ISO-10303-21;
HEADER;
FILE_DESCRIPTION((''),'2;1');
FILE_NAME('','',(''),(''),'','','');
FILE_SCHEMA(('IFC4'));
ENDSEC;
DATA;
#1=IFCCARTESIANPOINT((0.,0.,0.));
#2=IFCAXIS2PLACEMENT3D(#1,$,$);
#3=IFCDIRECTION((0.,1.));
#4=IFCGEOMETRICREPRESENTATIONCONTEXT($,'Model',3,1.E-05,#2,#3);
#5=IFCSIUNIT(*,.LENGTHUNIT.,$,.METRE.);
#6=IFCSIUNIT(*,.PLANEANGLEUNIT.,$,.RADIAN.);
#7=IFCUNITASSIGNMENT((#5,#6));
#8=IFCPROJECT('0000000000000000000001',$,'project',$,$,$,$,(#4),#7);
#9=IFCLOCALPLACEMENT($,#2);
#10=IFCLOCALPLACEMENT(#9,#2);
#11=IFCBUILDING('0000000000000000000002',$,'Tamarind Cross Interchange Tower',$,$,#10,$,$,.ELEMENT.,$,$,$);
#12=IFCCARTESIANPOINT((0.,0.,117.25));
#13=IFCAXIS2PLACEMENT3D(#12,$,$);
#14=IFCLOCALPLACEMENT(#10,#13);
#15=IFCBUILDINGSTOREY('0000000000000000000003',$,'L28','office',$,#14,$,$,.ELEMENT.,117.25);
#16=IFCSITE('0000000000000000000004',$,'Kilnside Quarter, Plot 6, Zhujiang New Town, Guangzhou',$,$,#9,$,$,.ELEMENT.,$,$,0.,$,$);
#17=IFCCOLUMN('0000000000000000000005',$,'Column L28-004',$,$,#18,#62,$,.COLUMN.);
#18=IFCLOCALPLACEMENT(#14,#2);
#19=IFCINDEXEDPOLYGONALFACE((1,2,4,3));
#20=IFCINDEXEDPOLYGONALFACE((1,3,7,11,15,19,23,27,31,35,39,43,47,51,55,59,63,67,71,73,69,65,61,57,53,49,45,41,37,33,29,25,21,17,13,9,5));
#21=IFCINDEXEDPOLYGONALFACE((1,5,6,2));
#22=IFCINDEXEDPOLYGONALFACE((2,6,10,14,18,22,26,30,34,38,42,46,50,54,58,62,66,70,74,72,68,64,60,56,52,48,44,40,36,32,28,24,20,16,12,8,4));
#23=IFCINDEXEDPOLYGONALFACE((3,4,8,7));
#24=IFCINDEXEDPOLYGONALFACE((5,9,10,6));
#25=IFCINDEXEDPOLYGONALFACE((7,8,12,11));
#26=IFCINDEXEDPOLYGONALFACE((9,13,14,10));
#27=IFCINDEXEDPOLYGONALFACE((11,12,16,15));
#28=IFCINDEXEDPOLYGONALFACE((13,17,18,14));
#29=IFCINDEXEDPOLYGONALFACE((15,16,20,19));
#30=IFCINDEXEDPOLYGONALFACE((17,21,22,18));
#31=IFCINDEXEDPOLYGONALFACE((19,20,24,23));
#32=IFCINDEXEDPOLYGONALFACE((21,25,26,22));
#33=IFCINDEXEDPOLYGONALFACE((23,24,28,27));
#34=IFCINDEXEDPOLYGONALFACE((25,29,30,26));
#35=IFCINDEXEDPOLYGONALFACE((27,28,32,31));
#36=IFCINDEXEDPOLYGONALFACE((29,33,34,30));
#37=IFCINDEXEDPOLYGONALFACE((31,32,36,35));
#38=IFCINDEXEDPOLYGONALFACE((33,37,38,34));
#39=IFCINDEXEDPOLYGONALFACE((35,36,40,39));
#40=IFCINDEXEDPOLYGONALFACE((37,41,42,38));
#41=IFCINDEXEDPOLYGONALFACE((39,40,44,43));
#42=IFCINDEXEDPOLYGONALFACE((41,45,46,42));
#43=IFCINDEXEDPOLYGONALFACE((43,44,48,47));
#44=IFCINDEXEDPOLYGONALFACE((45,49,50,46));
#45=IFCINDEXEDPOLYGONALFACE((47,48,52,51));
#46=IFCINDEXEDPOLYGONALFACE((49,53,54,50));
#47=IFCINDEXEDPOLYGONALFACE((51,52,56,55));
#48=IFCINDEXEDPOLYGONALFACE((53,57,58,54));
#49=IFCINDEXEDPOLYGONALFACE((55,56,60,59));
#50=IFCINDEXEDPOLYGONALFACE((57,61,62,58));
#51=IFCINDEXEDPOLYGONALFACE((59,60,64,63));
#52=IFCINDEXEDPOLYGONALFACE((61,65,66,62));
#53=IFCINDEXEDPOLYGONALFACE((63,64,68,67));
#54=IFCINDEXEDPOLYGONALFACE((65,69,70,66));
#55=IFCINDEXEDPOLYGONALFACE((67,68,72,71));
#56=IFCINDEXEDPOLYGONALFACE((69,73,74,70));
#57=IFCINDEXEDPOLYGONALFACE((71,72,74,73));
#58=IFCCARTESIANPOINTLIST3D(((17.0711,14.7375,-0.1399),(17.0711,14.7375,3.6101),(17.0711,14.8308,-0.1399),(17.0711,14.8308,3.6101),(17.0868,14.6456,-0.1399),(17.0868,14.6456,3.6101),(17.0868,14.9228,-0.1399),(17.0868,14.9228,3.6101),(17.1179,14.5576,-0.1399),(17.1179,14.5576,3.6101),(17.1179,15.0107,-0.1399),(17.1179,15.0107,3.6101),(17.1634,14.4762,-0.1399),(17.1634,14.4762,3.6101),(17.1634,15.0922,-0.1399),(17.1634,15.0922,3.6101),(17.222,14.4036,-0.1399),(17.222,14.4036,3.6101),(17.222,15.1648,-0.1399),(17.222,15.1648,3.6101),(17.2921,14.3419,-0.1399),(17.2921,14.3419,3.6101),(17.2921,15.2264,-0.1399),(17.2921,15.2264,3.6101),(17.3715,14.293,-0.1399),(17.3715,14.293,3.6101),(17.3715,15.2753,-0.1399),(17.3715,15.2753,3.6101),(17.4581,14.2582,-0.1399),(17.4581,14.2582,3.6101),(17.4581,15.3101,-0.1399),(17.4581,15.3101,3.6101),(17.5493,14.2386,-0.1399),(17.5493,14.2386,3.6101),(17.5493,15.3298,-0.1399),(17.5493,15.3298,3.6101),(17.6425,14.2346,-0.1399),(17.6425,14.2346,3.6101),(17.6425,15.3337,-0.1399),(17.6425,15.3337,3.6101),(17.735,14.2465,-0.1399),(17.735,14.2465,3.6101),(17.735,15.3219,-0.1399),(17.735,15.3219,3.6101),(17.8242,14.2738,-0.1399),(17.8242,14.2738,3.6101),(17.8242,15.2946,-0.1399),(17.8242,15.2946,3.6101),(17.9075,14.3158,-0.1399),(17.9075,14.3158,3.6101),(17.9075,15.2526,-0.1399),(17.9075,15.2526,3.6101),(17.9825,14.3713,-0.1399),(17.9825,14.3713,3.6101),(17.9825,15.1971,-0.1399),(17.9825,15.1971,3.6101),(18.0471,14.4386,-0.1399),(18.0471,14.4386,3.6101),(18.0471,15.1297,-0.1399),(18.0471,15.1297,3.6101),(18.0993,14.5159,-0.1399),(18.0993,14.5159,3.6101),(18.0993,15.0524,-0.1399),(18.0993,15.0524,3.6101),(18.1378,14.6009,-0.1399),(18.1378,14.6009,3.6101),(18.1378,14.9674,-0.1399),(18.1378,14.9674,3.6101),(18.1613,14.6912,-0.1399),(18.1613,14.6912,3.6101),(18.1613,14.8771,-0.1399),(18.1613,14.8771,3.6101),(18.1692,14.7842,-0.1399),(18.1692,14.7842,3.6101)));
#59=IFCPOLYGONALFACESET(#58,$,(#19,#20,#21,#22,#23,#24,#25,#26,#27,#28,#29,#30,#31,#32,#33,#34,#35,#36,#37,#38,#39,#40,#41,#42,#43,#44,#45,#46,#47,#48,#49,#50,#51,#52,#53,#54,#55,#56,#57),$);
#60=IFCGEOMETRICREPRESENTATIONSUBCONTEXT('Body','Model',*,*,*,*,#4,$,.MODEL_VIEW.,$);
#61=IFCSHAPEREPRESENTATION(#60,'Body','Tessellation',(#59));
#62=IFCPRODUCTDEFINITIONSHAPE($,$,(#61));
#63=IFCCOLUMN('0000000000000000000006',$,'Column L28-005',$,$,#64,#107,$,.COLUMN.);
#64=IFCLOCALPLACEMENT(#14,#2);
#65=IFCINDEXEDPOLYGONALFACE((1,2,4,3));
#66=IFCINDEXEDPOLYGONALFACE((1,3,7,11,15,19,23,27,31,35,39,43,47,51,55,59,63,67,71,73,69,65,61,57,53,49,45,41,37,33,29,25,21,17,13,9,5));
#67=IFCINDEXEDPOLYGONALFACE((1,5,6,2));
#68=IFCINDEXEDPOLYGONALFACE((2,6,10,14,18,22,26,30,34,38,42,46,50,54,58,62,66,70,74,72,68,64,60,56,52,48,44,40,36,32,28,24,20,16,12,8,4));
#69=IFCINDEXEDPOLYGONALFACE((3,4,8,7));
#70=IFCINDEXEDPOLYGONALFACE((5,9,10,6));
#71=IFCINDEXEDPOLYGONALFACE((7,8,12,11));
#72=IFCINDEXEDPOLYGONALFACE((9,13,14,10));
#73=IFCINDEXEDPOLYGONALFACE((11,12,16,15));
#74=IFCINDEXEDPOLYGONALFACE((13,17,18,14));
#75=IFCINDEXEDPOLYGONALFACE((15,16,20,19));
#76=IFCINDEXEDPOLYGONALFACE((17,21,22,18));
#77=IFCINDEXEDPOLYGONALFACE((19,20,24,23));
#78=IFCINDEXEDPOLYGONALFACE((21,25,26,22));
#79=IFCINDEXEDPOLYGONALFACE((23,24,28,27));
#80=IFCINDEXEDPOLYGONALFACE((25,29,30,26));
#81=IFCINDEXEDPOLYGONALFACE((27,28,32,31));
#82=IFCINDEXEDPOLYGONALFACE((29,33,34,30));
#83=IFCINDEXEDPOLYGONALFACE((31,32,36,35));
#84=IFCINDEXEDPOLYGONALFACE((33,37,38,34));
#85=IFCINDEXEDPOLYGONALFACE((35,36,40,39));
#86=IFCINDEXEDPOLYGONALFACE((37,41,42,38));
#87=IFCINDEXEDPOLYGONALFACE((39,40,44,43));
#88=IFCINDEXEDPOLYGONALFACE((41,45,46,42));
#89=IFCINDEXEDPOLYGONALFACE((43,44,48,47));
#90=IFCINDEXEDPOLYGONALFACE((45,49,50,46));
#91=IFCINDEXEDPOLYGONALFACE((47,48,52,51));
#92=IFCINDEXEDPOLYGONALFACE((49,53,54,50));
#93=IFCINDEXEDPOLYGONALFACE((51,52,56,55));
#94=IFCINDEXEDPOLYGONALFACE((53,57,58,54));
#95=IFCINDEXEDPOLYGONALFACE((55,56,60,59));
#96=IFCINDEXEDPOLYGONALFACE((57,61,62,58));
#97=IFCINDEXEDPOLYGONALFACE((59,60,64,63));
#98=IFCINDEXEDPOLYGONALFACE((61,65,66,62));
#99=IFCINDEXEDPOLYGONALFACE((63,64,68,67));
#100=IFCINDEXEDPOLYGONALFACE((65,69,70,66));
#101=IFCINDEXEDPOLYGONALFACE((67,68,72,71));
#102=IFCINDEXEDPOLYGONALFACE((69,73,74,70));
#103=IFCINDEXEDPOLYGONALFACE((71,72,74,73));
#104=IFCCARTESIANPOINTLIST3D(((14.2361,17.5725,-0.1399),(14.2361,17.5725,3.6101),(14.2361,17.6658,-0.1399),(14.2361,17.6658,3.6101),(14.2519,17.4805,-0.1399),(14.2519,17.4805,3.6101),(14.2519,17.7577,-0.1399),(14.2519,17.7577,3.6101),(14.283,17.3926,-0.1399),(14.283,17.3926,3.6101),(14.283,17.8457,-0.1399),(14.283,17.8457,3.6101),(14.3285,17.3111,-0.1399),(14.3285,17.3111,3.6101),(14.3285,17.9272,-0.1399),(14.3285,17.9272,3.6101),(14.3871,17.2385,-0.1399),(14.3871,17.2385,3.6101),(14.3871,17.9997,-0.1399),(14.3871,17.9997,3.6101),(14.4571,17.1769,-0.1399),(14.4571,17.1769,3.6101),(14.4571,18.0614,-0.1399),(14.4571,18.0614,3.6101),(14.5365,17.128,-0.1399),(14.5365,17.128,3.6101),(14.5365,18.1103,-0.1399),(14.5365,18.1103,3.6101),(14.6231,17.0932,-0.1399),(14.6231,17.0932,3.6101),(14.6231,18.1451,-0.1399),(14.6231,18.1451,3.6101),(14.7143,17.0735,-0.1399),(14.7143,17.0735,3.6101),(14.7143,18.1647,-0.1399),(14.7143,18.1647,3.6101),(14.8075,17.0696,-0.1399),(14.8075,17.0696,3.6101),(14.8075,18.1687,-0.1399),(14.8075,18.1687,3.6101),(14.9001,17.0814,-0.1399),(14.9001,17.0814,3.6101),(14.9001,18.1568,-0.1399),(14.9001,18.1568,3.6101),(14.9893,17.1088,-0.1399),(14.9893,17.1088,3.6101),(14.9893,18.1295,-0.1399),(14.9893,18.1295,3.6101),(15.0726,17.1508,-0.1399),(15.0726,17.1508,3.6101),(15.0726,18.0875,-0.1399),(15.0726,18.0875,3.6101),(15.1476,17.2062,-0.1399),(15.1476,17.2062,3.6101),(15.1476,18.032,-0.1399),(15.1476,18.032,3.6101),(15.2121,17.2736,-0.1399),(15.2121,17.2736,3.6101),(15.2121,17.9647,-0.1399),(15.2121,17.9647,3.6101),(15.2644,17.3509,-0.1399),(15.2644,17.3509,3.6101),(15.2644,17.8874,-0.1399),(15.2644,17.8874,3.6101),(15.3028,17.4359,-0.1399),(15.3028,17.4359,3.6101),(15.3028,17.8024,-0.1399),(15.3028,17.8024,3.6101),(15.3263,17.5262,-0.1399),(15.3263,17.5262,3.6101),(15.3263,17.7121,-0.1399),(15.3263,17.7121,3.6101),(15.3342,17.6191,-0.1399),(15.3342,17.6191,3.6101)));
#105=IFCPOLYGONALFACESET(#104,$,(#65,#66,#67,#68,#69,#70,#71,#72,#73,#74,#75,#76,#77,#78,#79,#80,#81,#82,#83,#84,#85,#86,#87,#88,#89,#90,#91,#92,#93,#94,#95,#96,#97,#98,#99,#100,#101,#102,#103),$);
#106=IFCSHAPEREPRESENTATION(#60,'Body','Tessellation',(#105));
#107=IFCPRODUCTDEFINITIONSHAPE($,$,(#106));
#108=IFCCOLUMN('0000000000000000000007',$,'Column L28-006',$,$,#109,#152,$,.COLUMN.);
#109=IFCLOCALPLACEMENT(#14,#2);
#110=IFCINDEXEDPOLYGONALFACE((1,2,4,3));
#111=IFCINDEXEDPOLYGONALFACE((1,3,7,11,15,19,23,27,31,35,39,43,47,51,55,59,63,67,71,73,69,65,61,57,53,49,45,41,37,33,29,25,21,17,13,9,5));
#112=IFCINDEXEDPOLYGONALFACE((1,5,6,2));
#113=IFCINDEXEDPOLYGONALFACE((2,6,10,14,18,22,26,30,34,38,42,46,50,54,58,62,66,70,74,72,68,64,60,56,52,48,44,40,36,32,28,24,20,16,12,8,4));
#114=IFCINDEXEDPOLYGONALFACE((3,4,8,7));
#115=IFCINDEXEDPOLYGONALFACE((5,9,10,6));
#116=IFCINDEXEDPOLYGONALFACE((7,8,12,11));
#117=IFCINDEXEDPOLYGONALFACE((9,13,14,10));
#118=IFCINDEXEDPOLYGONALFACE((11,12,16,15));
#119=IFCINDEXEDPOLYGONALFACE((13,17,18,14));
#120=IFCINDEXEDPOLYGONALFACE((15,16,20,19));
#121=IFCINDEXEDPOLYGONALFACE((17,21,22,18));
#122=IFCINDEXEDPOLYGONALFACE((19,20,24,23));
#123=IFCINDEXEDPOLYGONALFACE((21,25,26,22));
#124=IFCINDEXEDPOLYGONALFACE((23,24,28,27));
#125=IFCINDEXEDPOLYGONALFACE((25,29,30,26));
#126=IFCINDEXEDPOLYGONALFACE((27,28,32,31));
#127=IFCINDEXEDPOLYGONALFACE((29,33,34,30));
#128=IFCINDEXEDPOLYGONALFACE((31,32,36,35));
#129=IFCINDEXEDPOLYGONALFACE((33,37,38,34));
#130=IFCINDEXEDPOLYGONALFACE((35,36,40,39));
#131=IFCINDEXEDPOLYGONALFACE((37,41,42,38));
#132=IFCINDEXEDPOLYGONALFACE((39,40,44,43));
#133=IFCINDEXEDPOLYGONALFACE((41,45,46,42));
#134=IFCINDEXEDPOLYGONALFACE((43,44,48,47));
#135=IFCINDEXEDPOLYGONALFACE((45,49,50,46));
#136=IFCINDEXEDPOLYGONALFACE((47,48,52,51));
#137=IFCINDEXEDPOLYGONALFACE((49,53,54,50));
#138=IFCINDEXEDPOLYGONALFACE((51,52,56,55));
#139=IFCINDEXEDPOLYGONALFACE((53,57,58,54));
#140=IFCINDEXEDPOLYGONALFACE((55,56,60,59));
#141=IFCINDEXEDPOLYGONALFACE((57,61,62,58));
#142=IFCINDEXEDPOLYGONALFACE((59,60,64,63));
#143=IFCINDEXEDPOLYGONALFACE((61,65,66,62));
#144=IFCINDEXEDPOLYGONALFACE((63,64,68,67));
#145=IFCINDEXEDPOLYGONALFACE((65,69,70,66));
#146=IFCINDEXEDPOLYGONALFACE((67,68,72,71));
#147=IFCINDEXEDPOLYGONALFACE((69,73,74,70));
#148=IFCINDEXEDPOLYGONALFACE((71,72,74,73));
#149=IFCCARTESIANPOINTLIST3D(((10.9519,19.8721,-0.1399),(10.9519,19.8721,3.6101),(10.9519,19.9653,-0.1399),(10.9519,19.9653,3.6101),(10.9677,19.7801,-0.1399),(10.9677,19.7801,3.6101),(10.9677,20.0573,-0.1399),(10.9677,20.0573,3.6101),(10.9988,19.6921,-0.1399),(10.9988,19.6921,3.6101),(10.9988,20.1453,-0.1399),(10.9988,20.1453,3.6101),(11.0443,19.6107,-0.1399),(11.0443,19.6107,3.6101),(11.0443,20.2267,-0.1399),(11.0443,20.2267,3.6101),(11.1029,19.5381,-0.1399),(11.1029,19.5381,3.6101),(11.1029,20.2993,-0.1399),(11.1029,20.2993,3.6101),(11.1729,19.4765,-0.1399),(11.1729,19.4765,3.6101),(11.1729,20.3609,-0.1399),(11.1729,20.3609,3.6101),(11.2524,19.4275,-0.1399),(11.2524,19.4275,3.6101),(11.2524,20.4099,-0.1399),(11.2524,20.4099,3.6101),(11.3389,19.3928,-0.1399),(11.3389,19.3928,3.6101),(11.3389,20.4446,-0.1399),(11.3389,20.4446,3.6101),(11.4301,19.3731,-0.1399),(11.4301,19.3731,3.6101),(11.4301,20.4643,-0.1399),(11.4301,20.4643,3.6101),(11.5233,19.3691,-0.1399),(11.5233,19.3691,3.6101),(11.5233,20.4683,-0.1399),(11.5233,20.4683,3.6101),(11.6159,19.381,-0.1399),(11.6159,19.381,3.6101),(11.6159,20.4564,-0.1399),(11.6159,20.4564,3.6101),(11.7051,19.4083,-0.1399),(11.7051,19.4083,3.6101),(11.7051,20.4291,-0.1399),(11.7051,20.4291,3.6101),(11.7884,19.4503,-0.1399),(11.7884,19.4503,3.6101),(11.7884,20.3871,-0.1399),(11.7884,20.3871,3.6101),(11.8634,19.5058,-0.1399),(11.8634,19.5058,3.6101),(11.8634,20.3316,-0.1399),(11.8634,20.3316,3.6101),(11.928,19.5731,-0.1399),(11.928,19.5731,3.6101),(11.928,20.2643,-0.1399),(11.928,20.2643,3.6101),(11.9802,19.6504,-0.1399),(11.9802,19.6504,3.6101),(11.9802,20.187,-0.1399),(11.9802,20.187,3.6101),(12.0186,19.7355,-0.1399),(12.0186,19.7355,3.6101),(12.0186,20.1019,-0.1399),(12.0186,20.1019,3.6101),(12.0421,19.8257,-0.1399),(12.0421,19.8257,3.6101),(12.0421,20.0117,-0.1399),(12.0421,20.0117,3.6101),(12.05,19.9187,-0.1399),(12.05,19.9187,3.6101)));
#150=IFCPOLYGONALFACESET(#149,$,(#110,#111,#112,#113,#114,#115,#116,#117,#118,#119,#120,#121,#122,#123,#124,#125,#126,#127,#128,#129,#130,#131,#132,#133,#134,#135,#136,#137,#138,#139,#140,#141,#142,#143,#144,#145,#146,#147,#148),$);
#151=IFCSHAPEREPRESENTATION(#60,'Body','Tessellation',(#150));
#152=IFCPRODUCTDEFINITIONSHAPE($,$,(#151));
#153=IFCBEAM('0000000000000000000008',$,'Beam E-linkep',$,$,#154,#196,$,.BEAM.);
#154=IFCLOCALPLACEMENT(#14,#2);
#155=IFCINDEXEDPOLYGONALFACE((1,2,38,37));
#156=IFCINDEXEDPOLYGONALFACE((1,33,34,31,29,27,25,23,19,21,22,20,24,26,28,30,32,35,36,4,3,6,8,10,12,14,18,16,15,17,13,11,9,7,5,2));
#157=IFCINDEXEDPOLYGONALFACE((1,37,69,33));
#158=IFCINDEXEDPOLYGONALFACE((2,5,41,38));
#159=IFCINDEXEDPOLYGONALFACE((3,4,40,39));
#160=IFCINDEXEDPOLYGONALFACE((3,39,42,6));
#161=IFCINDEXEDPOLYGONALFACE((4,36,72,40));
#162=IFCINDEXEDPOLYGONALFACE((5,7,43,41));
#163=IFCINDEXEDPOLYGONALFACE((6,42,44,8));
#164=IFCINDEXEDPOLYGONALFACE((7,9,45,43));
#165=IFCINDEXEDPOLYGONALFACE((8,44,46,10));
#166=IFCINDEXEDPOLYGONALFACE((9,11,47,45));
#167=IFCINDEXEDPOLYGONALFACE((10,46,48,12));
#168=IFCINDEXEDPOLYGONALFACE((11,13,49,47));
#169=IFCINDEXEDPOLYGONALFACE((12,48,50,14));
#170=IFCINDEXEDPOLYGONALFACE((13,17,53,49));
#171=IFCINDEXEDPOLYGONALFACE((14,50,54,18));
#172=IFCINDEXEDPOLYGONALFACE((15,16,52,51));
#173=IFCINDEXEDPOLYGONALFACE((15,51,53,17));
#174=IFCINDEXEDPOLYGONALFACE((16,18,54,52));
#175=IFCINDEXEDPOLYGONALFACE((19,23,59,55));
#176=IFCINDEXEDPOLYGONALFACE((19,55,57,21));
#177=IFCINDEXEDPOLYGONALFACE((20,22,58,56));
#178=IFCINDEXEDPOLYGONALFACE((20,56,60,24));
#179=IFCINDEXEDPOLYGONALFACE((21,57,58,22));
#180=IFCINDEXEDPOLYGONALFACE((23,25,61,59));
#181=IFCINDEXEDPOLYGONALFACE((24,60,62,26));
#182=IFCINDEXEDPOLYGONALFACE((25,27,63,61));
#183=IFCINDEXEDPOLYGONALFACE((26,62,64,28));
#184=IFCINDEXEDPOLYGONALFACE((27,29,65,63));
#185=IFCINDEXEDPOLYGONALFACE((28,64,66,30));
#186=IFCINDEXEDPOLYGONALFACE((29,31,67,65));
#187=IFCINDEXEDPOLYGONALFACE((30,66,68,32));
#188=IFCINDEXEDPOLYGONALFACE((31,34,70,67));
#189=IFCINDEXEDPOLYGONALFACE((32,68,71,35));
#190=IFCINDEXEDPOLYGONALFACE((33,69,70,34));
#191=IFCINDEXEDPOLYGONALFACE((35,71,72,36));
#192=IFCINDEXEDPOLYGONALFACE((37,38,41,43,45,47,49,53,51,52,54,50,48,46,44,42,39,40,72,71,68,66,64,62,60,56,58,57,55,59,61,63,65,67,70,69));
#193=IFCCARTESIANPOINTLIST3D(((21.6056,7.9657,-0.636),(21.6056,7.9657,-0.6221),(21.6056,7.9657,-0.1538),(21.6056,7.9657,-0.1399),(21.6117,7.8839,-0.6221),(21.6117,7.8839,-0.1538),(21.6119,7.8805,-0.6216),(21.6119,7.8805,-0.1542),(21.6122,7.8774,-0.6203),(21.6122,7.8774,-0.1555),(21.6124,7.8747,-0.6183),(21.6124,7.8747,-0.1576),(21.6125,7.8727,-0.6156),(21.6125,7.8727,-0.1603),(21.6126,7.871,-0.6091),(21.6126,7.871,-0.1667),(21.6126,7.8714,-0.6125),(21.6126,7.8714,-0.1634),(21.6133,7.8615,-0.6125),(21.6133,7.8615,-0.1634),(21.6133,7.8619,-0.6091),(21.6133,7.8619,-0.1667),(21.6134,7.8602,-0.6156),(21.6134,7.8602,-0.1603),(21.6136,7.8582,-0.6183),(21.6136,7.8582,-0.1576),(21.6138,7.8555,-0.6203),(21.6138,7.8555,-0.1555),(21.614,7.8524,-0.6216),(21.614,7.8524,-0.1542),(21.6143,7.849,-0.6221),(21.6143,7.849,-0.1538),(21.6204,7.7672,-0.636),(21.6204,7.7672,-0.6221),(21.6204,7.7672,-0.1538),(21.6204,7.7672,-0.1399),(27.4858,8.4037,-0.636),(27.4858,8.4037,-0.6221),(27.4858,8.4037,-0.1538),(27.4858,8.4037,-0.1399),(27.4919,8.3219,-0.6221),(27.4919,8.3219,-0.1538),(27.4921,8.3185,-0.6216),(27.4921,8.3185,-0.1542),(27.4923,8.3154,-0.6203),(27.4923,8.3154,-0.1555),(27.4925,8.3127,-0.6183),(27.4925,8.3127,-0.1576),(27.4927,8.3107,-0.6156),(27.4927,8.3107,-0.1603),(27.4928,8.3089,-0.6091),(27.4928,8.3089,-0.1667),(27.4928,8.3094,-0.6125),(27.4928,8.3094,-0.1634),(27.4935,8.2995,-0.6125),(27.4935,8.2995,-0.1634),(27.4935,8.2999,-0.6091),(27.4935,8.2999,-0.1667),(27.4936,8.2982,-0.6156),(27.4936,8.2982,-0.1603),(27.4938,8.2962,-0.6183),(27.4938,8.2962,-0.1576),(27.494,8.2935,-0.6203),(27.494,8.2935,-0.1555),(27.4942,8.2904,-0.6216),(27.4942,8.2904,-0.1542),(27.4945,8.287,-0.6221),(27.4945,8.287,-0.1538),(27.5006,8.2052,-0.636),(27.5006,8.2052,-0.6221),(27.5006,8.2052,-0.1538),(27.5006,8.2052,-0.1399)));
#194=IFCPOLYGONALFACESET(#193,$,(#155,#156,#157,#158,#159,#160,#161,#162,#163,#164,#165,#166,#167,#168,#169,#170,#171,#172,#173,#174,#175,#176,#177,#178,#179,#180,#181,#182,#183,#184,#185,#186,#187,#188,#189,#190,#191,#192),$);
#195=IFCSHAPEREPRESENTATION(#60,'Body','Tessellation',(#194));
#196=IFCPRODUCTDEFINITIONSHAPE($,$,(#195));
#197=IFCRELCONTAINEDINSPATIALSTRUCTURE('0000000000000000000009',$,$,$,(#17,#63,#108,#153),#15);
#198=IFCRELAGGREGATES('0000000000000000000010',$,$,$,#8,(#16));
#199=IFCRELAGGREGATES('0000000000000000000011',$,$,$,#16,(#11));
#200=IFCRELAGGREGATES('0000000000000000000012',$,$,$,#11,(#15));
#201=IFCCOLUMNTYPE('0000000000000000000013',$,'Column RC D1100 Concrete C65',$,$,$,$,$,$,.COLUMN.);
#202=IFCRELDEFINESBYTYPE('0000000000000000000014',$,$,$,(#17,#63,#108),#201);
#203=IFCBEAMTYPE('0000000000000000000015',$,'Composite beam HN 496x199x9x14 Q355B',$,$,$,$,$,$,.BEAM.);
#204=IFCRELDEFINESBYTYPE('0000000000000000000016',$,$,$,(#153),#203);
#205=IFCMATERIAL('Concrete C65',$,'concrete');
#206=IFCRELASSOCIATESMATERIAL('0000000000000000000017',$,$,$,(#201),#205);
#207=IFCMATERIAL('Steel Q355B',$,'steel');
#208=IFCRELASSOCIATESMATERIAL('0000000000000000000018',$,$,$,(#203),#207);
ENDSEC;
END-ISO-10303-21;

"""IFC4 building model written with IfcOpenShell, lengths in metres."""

from ifc_helpers import new_model, si_unit, direction, frame, origin, origin_2d, place, context, subcontext, project, spatial, circle, i_section, extrude, material, material_profile, profile_set, type_object, element, save


model = new_model("IFC4")

# Units and contexts
model_context = context("Model", 3, precision=1e-05, world=origin(), true_north=direction((0.0, 1.0)))
body_context = subcontext(model_context, "Body", "Model", "MODEL_VIEW")
ifc_project = project(units=[si_unit("LENGTHUNIT", "METRE"), si_unit("PLANEANGLEUNIT", "RADIAN")], contexts=[model_context])

# Site, building, storey
site_placement = place(None, origin())
site = spatial("IfcSite", under=ifc_project, at=site_placement, Name="Kilnside Quarter, Plot 6, Zhujiang New Town, Guangzhou", CompositionType="ELEMENT", RefElevation=0.0)
building_placement = place(site_placement, origin())
building = spatial("IfcBuilding", under=site, at=building_placement, Name="Tamarind Cross Interchange Tower", CompositionType="ELEMENT")
storey_placement = place(building_placement, frame((0.0, 0.0, 117.25)))
storey = spatial("IfcBuildingStorey", under=building, at=storey_placement, Name="L28", Description="office", CompositionType="ELEMENT", Elevation=117.25)

# Columns
ifc_material_1 = material(Name="Concrete C65", Category="concrete")
ifc_material_profile_1 = material_profile(ifc_material_1, circle(Radius=0.55, at=origin_2d()), Name="RC D1100")
ifc_profile_set_1 = profile_set([ifc_material_profile_1], Name="Concrete C65")
column_type_1 = type_object("IfcColumnType", Name="Column RC D1100 Concrete C65", PredefinedType="COLUMN", material=ifc_profile_set_1)
for number, where, z_axis, x_axis, name in (
    (1, (17.6191, 14.7842, -0.1399), (0.0, 0.0, 1.0), (1.0, 0.0, 0.0), "Column L28-004"),
    (2, (14.7842, 17.6191, -0.1399), (0.0, 0.0, 1.0), (1.0, 0.0, 0.0), "Column L28-005"),
    (3, (11.5, 19.9187, -0.1399), (0.0, 0.0, 1.0), (1.0, 0.0, 0.0), "Column L28-006"),
):
    element("IfcColumn", number, at=place(storey_placement, frame(where, z_axis=z_axis, x_axis=x_axis)), inside=storey, type_object=column_type_1, Name=name, PredefinedType="COLUMN", context=body_context, shape_type="SweptSolid", body=[
        extrude(circle(Radius=0.55, at=origin_2d()), origin(), (0.0, 0.0, 1.0), 3.75),
    ])

# Beam
ifc_material_2 = material(Name="Steel Q355B", Category="steel")
ifc_material_profile_2 = material_profile(ifc_material_2, i_section(OverallWidth=0.199, OverallDepth=0.4961, WebThickness=0.009, FlangeThickness=0.0139, FilletRadius=0.0129, at=origin_2d()), Name="HN 496x199x9x14")
ifc_profile_set_2 = profile_set([ifc_material_profile_2], Name="Steel Q355B")
beam_type_1 = type_object("IfcBeamType", Name="Composite beam HN 496x199x9x14 Q355B", PredefinedType="BEAM", material=ifc_profile_set_2)
beam_1_placement = place(storey_placement, frame((27.4932, 8.3044, -0.3879), z_axis=(-0.997237, -0.07428, 0.0), x_axis=(0.07428, -0.997237, 0.0)))
element("IfcBeam", 4, at=beam_1_placement, inside=storey, type_object=beam_type_1, Name="Beam E-linkep", PredefinedType="BEAM", context=body_context, shape_type="SweptSolid", body=[
    extrude(i_section(OverallWidth=0.199, OverallDepth=0.4961, WebThickness=0.009, FlangeThickness=0.0139, FilletRadius=0.0129, at=origin_2d()), origin(), (0.0, 0.0, 1.0), 5.8965),
])

save(model, "model.ifc")
